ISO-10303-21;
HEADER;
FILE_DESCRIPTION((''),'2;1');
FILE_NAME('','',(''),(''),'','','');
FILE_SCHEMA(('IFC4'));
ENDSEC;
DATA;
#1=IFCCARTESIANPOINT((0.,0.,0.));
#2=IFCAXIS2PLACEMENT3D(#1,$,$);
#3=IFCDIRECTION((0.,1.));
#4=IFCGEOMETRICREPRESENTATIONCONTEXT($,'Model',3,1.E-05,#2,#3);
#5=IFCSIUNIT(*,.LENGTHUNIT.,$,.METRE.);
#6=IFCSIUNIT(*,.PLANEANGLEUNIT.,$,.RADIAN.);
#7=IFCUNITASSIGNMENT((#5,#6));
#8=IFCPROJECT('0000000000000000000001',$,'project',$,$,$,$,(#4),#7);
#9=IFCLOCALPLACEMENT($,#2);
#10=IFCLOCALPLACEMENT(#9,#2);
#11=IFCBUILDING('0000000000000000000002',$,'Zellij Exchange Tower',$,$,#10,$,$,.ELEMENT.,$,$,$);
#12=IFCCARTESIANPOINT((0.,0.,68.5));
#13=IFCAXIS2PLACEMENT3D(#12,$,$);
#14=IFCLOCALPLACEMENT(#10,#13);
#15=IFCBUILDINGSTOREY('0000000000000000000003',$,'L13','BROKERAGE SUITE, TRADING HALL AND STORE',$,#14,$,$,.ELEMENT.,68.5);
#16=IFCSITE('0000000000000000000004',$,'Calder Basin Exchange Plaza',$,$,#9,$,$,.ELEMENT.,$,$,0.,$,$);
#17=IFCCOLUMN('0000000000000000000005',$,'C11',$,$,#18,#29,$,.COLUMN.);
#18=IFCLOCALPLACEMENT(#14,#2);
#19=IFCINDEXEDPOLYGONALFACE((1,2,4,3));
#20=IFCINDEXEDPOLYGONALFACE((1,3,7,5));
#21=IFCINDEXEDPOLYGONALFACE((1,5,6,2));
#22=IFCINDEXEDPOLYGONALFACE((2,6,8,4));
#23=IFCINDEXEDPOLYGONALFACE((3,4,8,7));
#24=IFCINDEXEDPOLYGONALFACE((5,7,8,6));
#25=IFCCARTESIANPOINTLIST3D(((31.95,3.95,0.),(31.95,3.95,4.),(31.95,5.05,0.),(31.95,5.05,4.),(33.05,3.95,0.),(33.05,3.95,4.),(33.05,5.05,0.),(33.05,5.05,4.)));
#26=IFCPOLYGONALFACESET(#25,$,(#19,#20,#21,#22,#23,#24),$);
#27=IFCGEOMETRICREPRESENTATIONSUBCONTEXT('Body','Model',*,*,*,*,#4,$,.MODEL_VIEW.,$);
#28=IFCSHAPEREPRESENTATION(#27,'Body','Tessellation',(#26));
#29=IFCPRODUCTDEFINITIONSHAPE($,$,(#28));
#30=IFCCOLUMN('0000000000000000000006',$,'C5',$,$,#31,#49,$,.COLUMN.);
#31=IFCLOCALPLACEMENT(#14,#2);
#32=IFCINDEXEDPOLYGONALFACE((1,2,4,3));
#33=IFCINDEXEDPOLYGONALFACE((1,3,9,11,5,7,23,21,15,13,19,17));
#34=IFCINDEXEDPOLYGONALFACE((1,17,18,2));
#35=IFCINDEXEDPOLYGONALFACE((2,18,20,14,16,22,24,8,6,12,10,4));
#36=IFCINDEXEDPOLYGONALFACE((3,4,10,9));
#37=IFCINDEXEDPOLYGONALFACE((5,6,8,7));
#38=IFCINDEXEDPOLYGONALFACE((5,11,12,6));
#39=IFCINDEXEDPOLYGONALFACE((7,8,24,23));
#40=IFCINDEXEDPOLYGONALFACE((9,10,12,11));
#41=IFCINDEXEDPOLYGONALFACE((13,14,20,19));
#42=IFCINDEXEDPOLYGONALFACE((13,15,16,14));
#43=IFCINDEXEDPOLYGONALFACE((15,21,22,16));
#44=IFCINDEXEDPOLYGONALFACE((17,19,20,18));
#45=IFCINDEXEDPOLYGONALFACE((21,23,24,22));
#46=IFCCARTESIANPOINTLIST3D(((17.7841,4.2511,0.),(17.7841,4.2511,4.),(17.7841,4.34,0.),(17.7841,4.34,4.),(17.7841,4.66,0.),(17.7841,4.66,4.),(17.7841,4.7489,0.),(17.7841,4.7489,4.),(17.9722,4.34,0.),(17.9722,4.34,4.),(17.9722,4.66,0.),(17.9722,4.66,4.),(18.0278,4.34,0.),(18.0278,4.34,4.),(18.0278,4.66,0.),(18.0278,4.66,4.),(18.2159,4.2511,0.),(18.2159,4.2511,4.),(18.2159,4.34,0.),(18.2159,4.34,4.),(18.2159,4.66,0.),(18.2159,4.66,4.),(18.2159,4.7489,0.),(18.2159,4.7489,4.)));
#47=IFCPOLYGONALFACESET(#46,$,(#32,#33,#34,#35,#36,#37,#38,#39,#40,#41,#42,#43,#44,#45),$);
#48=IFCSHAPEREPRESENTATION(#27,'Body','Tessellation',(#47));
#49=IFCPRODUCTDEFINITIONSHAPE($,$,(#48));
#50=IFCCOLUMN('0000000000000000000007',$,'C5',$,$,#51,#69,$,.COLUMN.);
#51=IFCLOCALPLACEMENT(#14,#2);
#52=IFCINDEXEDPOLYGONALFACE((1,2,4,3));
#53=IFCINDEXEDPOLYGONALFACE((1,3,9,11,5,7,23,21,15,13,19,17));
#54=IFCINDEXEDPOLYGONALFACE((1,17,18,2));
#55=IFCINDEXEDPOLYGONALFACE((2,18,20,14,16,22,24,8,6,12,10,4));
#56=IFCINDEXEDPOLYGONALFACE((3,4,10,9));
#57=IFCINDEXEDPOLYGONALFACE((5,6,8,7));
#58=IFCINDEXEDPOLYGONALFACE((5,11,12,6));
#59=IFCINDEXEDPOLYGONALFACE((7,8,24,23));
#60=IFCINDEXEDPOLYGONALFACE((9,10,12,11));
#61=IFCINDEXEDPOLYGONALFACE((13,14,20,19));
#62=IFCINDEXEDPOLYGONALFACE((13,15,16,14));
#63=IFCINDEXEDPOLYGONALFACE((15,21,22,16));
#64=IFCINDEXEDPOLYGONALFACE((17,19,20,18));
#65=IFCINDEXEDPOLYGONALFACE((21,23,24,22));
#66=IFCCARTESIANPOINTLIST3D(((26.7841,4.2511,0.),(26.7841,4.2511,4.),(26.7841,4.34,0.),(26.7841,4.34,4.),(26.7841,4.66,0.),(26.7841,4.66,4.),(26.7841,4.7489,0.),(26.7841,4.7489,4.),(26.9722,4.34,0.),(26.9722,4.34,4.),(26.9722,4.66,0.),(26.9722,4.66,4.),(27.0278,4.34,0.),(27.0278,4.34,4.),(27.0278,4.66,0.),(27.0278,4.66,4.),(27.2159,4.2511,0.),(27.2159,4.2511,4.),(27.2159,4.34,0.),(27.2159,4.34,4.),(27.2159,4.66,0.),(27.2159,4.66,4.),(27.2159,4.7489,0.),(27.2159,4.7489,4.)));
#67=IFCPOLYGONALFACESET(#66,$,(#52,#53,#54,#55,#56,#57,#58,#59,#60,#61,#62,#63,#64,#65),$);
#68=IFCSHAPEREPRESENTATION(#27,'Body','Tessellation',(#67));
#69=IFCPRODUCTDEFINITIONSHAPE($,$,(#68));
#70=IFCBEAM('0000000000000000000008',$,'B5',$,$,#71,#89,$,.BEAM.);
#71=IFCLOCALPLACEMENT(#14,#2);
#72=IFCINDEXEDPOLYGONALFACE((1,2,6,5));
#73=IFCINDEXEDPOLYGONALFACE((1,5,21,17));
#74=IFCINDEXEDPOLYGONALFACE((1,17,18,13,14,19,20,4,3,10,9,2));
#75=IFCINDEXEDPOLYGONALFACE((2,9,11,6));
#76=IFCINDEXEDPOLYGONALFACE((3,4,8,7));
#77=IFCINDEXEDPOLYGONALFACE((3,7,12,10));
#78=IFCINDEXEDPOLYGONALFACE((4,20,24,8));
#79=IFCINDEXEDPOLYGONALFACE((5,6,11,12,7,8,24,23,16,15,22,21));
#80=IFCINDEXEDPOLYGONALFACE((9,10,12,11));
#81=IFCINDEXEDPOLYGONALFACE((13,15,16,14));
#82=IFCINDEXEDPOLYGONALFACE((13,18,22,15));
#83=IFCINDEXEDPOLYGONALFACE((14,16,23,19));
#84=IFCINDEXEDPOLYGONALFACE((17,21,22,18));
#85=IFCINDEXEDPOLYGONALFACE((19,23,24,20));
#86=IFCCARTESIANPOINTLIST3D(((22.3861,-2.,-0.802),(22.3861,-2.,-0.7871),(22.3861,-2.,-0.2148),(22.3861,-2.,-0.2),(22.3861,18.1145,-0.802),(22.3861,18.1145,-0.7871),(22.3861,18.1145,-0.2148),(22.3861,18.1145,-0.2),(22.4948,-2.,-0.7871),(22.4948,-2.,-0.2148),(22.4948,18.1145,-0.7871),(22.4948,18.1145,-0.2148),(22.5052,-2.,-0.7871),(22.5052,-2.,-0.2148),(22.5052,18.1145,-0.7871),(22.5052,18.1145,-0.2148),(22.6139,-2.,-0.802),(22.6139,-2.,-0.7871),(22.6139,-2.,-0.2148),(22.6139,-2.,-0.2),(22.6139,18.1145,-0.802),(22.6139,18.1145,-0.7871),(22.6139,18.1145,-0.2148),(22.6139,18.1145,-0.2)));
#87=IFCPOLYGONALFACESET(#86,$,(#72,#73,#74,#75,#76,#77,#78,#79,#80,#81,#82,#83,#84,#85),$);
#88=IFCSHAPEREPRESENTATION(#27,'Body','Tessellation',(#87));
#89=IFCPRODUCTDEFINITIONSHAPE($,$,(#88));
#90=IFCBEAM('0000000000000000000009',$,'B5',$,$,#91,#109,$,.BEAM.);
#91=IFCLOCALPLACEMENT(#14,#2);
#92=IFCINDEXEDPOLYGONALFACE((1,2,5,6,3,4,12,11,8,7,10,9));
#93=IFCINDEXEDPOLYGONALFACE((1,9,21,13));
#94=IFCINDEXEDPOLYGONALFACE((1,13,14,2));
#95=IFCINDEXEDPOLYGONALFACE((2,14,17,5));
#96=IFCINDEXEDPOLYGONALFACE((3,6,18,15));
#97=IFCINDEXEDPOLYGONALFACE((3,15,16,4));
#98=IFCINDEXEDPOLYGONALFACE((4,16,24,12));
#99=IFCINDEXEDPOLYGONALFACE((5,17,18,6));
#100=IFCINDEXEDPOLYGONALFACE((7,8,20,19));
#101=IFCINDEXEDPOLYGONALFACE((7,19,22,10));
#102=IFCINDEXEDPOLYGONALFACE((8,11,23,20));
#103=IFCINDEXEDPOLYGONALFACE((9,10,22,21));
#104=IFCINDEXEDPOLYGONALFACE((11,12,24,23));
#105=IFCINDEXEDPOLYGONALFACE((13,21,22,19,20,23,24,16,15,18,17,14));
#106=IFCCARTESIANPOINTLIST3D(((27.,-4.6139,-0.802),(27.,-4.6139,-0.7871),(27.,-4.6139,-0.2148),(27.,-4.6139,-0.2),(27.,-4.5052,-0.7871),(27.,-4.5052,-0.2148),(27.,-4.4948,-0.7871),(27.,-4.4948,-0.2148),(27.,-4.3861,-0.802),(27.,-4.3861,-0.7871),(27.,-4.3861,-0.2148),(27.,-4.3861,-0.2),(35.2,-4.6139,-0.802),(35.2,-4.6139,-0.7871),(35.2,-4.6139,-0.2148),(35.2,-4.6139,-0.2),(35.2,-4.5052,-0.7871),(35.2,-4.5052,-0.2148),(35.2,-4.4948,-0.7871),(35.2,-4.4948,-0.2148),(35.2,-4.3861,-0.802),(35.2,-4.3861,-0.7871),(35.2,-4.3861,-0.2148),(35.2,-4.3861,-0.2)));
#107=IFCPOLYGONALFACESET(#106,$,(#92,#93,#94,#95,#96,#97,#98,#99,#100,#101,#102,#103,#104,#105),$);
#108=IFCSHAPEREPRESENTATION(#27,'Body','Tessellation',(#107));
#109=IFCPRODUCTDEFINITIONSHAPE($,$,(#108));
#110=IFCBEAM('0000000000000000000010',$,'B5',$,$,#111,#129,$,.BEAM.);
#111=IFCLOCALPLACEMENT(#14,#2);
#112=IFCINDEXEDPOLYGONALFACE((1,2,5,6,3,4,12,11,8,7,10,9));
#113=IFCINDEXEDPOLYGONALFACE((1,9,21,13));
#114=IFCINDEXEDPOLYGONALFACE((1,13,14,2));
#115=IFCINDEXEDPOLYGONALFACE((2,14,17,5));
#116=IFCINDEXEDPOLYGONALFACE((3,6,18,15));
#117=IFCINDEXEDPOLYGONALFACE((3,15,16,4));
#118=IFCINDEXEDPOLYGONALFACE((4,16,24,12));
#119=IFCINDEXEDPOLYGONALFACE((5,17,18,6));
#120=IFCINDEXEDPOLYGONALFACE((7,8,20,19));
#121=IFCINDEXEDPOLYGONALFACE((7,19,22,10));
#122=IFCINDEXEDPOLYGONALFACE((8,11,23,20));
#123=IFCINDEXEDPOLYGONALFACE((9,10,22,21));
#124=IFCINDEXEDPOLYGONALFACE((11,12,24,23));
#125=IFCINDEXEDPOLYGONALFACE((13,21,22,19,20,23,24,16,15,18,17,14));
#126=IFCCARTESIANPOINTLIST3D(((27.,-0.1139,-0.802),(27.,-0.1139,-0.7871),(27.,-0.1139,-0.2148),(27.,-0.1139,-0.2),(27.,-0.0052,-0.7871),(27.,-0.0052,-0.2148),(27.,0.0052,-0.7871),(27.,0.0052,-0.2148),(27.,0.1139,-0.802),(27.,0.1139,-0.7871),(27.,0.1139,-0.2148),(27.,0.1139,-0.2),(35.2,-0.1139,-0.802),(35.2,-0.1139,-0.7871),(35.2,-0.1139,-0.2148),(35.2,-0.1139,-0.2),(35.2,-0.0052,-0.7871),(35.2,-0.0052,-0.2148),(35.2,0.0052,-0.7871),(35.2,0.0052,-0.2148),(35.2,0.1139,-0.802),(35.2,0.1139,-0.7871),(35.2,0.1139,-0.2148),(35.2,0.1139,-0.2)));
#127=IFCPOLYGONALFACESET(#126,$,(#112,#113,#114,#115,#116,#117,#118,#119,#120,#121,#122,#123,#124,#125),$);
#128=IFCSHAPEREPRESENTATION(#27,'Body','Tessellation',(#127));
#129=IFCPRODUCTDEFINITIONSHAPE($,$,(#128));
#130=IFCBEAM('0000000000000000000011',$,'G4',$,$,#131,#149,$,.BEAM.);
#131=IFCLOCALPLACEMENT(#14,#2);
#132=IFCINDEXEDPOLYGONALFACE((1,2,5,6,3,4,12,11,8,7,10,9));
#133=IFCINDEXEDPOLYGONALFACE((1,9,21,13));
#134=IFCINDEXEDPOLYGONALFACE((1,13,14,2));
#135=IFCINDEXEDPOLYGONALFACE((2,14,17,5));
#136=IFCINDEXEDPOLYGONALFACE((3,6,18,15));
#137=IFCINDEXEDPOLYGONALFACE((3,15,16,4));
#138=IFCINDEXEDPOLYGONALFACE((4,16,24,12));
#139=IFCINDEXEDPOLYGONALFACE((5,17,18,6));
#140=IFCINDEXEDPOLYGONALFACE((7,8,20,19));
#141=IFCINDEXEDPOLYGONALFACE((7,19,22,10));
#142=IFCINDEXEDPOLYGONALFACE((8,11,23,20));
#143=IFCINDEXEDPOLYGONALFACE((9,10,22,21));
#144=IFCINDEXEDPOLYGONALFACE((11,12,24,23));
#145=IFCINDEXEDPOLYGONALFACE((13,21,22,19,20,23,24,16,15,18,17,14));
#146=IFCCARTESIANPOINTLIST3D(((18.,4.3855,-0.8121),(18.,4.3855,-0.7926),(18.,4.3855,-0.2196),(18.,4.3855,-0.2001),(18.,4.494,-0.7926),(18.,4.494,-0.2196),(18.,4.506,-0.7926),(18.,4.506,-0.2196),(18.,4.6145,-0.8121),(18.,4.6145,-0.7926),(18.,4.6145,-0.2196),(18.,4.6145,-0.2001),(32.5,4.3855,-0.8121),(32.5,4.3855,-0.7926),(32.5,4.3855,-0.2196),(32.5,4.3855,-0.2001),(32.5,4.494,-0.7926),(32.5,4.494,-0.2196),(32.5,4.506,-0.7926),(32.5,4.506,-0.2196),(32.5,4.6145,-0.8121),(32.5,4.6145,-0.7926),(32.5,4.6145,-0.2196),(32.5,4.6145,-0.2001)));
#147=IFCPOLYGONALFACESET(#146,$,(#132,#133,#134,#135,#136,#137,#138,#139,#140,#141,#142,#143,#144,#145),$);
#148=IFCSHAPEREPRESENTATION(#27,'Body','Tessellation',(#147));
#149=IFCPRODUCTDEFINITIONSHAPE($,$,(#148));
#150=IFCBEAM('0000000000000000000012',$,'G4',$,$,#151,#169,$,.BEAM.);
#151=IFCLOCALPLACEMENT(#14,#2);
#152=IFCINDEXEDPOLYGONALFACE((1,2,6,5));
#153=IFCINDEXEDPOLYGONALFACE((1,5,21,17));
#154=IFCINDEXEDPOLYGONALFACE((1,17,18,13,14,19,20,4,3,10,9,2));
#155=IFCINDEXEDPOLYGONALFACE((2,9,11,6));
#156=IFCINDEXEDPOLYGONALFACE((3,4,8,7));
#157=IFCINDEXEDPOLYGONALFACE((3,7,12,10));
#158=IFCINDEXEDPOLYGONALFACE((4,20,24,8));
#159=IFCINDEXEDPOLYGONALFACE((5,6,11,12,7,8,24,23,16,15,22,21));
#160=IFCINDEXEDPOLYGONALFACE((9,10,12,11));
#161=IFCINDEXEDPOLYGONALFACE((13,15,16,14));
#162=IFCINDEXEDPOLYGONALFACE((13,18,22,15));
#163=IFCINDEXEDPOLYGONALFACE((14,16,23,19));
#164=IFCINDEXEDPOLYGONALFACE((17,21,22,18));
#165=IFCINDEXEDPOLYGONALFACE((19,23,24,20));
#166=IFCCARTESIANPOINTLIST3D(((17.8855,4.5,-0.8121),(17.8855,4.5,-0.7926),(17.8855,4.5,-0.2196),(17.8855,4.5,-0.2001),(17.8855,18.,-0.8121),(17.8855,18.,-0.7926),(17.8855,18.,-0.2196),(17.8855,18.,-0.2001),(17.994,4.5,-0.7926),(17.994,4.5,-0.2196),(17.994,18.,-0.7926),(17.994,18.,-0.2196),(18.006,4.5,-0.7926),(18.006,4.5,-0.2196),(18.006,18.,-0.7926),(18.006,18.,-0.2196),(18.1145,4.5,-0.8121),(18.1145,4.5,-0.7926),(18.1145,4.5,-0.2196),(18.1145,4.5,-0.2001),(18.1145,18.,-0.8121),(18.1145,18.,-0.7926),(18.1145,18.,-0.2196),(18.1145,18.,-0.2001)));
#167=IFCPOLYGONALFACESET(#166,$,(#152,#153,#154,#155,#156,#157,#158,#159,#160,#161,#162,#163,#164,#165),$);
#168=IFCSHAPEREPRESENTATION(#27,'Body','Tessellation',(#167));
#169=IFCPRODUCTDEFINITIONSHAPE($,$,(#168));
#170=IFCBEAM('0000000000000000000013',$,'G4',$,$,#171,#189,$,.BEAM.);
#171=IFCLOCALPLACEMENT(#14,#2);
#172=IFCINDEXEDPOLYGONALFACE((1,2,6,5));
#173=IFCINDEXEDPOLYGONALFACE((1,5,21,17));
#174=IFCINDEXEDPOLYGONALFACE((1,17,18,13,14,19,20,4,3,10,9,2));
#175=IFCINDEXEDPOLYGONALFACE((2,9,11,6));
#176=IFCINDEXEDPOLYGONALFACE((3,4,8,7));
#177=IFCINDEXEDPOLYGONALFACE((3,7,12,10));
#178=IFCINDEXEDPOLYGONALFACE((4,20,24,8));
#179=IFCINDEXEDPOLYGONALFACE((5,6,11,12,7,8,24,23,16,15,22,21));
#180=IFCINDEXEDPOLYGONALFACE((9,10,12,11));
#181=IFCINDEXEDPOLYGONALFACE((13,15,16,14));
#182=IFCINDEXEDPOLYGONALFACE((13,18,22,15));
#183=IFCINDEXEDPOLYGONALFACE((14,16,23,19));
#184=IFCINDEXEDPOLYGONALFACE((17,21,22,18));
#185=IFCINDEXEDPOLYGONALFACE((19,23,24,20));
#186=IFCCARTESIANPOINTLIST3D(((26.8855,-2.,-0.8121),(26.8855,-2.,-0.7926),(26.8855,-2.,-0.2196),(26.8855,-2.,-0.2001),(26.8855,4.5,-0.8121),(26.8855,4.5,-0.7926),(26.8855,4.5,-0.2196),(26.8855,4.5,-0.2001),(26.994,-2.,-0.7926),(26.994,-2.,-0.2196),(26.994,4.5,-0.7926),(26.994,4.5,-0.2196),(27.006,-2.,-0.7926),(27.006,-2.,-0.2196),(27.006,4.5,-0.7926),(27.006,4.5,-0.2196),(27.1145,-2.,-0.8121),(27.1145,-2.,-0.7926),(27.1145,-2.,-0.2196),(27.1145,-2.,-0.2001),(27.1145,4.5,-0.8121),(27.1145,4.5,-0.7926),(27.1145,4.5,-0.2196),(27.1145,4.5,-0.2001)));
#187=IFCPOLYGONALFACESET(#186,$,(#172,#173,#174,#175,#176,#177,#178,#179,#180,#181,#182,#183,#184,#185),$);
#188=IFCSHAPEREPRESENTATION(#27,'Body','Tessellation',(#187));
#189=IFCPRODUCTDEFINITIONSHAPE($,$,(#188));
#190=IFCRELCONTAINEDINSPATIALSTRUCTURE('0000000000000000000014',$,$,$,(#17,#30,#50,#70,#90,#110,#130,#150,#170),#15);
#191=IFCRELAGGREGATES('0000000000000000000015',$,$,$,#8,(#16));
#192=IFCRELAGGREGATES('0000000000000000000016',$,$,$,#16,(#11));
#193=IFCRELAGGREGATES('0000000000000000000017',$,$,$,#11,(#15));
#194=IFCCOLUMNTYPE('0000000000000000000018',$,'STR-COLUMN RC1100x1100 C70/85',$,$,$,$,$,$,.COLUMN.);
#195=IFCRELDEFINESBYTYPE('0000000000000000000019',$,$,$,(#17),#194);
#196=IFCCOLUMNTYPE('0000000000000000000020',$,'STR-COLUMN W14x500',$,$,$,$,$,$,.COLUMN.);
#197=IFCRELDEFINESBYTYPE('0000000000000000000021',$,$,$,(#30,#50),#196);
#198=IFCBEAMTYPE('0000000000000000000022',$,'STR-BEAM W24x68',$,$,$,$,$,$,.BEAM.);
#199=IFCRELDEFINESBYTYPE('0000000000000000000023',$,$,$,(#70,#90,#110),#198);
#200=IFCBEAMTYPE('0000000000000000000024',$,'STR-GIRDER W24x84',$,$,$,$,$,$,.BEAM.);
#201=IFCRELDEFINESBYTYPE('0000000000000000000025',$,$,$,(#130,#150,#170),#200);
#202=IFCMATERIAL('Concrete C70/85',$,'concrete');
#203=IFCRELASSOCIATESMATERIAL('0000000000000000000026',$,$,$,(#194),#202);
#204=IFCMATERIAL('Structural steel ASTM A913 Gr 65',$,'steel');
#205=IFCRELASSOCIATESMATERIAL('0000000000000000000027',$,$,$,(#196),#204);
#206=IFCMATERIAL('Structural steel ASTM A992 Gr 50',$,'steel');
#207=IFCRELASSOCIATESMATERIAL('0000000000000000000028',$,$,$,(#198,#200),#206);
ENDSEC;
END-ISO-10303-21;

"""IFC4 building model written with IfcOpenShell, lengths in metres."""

from ifc_helpers import new_model, si_unit, direction, frame, origin, origin_2d, place, context, subcontext, project, spatial, rectangle, i_section, extrude, material, material_profile, profile_set, type_object, element, save


model = new_model("IFC4")

# Units and contexts
model_context = context("Model", 3, precision=1e-05, world=origin(), true_north=direction((0.0, 1.0)))
body_context = subcontext(model_context, "Body", "Model", "MODEL_VIEW")
ifc_project = project(units=[si_unit("LENGTHUNIT", "METRE"), si_unit("PLANEANGLEUNIT", "RADIAN")], contexts=[model_context])

# Site, building, storey
site_placement = place(None, origin())
site = spatial("IfcSite", under=ifc_project, at=site_placement, Name="Calder Basin Exchange Plaza", CompositionType="ELEMENT", RefElevation=0.0)
building_placement = place(site_placement, origin())
building = spatial("IfcBuilding", under=site, at=building_placement, Name="Zellij Exchange Tower", CompositionType="ELEMENT")
storey_placement = place(building_placement, frame((0.0, 0.0, 68.5)))
storey = spatial("IfcBuildingStorey", under=building, at=storey_placement, Name="L13", Description="BROKERAGE SUITE, TRADING HALL AND STORE", CompositionType="ELEMENT", Elevation=68.5)

# Columns
ifc_material_1 = material(Name="Concrete C70/85", Category="concrete")
ifc_material_profile_1 = material_profile(ifc_material_1, rectangle(XDim=1.1001, YDim=1.1001, at=origin_2d()), Name="STR-COLUMN RC1100x1100 C70/85")
ifc_profile_set_1 = profile_set([ifc_material_profile_1], Name="Concrete C70/85")
column_type_1 = type_object("IfcColumnType", Name="STR-COLUMN RC1100x1100 C70/85", PredefinedType="COLUMN", material=ifc_profile_set_1)
column_placement = place(storey_placement, frame((32.5, 4.5, 0.0), z_axis=(0.0, 0.0, 1.0), x_axis=(1.0, 0.0, 0.0)))
element("IfcColumn", 1, at=column_placement, inside=storey, type_object=column_type_1, Name="C11", PredefinedType="COLUMN", context=body_context, shape_type="SweptSolid", body=[
    extrude(rectangle(XDim=1.1001, YDim=1.1001, at=origin_2d()), origin(), (0.0, 0.0, 1.0), 4.0),
])
ifc_material_2 = material(Name="Structural steel ASTM A913 Gr 65", Category="steel")
ifc_material_profile_2 = material_profile(ifc_material_2, i_section(OverallWidth=0.4319, OverallDepth=0.4978, WebThickness=0.0557, FlangeThickness=0.0889, at=origin_2d()), Name="W14x500")
ifc_profile_set_2 = profile_set([ifc_material_profile_2], Name="Structural steel ASTM A913 Gr 65")
column_type_2 = type_object("IfcColumnType", Name="STR-COLUMN W14x500", PredefinedType="COLUMN", material=ifc_profile_set_2)
for number, where, z_axis, x_axis, name in (
    (2, (18.0, 4.5, 0.0), (0.0, 0.0, 1.0), (1.0, 0.0, 0.0), "C5"),
    (3, (27.0, 4.5, 0.0), (0.0, 0.0, 1.0), (1.0, 0.0, 0.0), "C5"),
):
    element("IfcColumn", number, at=place(storey_placement, frame(where, z_axis=z_axis, x_axis=x_axis)), inside=storey, type_object=column_type_2, Name=name, PredefinedType="COLUMN", context=body_context, shape_type="SweptSolid", body=[
        extrude(i_section(OverallWidth=0.4319, OverallDepth=0.4978, WebThickness=0.0557, FlangeThickness=0.0889, at=origin_2d()), origin(), (0.0, 0.0, 1.0), 4.0),
    ])

# Beams
ifc_material_3 = material(Name="Structural steel ASTM A992 Gr 50", Category="steel")
ifc_material_profile_3 = material_profile(ifc_material_3, i_section(OverallWidth=0.2278, OverallDepth=0.6021, WebThickness=0.0105, FlangeThickness=0.0149, at=origin_2d()), Name="W24x68")
ifc_profile_set_3 = profile_set([ifc_material_profile_3], Name="Structural steel ASTM A992 Gr 50")
beam_type_1 = type_object("IfcBeamType", Name="STR-BEAM W24x68", PredefinedType="BEAM", material=ifc_profile_set_3)
beam_1_placement = place(storey_placement, frame((22.5, -2.0, -0.501), z_axis=(0.0, 1.0, 0.0), x_axis=(-1.0, 0.0, 0.0)))
element("IfcBeam", 4, at=beam_1_placement, inside=storey, type_object=beam_type_1, Name="B5", PredefinedType="BEAM", context=body_context, shape_type="SweptSolid", body=[
    extrude(i_section(OverallWidth=0.2278, OverallDepth=0.6021, WebThickness=0.0105, FlangeThickness=0.0149, at=origin_2d()), origin(), (0.0, 0.0, 1.0), 20.1145),
])
for number, where, z_axis, x_axis, name in (
    (5, (27.0, -4.5, -0.501), (1.0, 0.0, 0.0), (0.0, 1.0, 0.0), "B5"),
    (6, (27.0, 0.0, -0.501), (1.0, 0.0, 0.0), (0.0, 1.0, 0.0), "B5"),
):
    element("IfcBeam", number, at=place(storey_placement, frame(where, z_axis=z_axis, x_axis=x_axis)), inside=storey, type_object=beam_type_1, Name=name, PredefinedType="BEAM", context=body_context, shape_type="SweptSolid", body=[
        extrude(i_section(OverallWidth=0.2278, OverallDepth=0.6021, WebThickness=0.0105, FlangeThickness=0.0149, at=origin_2d()), origin(), (0.0, 0.0, 1.0), 8.2),
    ])
ifc_material_profile_4 = material_profile(ifc_material_3, i_section(OverallWidth=0.229, OverallDepth=0.6121, WebThickness=0.012, FlangeThickness=0.0195, at=origin_2d()), Name="W24x84")
ifc_profile_set_4 = profile_set([ifc_material_profile_4], Name="Structural steel ASTM A992 Gr 50")
beam_type_2 = type_object("IfcBeamType", Name="STR-GIRDER W24x84", PredefinedType="BEAM", material=ifc_profile_set_4)
beam_2_placement = place(storey_placement, frame((18.0, 4.5, -0.5061), z_axis=(1.0, 0.0, 0.0), x_axis=(0.0, 1.0, 0.0)))
element("IfcBeam", 7, at=beam_2_placement, inside=storey, type_object=beam_type_2, Name="G4", PredefinedType="BEAM", context=body_context, shape_type="SweptSolid", body=[
    extrude(i_section(OverallWidth=0.229, OverallDepth=0.6121, WebThickness=0.012, FlangeThickness=0.0195, at=origin_2d()), origin(), (0.0, 0.0, 1.0), 14.5),
])
beam_3_placement = place(storey_placement, frame((18.0, 4.5, -0.5061), z_axis=(0.0, 1.0, 0.0), x_axis=(-1.0, 0.0, 0.0)))
element("IfcBeam", 8, at=beam_3_placement, inside=storey, type_object=beam_type_2, Name="G4", PredefinedType="BEAM", context=body_context, shape_type="SweptSolid", body=[
    extrude(i_section(OverallWidth=0.229, OverallDepth=0.6121, WebThickness=0.012, FlangeThickness=0.0195, at=origin_2d()), origin(), (0.0, 0.0, 1.0), 13.5),
])
beam_4_placement = place(storey_placement, frame((27.0, -2.0, -0.5061), z_axis=(0.0, 1.0, 0.0), x_axis=(-1.0, 0.0, 0.0)))
element("IfcBeam", 9, at=beam_4_placement, inside=storey, type_object=beam_type_2, Name="G4", PredefinedType="BEAM", context=body_context, shape_type="SweptSolid", body=[
    extrude(i_section(OverallWidth=0.229, OverallDepth=0.6121, WebThickness=0.012, FlangeThickness=0.0195, at=origin_2d()), origin(), (0.0, 0.0, 1.0), 6.5),
])

save(model, "model.ifc")
